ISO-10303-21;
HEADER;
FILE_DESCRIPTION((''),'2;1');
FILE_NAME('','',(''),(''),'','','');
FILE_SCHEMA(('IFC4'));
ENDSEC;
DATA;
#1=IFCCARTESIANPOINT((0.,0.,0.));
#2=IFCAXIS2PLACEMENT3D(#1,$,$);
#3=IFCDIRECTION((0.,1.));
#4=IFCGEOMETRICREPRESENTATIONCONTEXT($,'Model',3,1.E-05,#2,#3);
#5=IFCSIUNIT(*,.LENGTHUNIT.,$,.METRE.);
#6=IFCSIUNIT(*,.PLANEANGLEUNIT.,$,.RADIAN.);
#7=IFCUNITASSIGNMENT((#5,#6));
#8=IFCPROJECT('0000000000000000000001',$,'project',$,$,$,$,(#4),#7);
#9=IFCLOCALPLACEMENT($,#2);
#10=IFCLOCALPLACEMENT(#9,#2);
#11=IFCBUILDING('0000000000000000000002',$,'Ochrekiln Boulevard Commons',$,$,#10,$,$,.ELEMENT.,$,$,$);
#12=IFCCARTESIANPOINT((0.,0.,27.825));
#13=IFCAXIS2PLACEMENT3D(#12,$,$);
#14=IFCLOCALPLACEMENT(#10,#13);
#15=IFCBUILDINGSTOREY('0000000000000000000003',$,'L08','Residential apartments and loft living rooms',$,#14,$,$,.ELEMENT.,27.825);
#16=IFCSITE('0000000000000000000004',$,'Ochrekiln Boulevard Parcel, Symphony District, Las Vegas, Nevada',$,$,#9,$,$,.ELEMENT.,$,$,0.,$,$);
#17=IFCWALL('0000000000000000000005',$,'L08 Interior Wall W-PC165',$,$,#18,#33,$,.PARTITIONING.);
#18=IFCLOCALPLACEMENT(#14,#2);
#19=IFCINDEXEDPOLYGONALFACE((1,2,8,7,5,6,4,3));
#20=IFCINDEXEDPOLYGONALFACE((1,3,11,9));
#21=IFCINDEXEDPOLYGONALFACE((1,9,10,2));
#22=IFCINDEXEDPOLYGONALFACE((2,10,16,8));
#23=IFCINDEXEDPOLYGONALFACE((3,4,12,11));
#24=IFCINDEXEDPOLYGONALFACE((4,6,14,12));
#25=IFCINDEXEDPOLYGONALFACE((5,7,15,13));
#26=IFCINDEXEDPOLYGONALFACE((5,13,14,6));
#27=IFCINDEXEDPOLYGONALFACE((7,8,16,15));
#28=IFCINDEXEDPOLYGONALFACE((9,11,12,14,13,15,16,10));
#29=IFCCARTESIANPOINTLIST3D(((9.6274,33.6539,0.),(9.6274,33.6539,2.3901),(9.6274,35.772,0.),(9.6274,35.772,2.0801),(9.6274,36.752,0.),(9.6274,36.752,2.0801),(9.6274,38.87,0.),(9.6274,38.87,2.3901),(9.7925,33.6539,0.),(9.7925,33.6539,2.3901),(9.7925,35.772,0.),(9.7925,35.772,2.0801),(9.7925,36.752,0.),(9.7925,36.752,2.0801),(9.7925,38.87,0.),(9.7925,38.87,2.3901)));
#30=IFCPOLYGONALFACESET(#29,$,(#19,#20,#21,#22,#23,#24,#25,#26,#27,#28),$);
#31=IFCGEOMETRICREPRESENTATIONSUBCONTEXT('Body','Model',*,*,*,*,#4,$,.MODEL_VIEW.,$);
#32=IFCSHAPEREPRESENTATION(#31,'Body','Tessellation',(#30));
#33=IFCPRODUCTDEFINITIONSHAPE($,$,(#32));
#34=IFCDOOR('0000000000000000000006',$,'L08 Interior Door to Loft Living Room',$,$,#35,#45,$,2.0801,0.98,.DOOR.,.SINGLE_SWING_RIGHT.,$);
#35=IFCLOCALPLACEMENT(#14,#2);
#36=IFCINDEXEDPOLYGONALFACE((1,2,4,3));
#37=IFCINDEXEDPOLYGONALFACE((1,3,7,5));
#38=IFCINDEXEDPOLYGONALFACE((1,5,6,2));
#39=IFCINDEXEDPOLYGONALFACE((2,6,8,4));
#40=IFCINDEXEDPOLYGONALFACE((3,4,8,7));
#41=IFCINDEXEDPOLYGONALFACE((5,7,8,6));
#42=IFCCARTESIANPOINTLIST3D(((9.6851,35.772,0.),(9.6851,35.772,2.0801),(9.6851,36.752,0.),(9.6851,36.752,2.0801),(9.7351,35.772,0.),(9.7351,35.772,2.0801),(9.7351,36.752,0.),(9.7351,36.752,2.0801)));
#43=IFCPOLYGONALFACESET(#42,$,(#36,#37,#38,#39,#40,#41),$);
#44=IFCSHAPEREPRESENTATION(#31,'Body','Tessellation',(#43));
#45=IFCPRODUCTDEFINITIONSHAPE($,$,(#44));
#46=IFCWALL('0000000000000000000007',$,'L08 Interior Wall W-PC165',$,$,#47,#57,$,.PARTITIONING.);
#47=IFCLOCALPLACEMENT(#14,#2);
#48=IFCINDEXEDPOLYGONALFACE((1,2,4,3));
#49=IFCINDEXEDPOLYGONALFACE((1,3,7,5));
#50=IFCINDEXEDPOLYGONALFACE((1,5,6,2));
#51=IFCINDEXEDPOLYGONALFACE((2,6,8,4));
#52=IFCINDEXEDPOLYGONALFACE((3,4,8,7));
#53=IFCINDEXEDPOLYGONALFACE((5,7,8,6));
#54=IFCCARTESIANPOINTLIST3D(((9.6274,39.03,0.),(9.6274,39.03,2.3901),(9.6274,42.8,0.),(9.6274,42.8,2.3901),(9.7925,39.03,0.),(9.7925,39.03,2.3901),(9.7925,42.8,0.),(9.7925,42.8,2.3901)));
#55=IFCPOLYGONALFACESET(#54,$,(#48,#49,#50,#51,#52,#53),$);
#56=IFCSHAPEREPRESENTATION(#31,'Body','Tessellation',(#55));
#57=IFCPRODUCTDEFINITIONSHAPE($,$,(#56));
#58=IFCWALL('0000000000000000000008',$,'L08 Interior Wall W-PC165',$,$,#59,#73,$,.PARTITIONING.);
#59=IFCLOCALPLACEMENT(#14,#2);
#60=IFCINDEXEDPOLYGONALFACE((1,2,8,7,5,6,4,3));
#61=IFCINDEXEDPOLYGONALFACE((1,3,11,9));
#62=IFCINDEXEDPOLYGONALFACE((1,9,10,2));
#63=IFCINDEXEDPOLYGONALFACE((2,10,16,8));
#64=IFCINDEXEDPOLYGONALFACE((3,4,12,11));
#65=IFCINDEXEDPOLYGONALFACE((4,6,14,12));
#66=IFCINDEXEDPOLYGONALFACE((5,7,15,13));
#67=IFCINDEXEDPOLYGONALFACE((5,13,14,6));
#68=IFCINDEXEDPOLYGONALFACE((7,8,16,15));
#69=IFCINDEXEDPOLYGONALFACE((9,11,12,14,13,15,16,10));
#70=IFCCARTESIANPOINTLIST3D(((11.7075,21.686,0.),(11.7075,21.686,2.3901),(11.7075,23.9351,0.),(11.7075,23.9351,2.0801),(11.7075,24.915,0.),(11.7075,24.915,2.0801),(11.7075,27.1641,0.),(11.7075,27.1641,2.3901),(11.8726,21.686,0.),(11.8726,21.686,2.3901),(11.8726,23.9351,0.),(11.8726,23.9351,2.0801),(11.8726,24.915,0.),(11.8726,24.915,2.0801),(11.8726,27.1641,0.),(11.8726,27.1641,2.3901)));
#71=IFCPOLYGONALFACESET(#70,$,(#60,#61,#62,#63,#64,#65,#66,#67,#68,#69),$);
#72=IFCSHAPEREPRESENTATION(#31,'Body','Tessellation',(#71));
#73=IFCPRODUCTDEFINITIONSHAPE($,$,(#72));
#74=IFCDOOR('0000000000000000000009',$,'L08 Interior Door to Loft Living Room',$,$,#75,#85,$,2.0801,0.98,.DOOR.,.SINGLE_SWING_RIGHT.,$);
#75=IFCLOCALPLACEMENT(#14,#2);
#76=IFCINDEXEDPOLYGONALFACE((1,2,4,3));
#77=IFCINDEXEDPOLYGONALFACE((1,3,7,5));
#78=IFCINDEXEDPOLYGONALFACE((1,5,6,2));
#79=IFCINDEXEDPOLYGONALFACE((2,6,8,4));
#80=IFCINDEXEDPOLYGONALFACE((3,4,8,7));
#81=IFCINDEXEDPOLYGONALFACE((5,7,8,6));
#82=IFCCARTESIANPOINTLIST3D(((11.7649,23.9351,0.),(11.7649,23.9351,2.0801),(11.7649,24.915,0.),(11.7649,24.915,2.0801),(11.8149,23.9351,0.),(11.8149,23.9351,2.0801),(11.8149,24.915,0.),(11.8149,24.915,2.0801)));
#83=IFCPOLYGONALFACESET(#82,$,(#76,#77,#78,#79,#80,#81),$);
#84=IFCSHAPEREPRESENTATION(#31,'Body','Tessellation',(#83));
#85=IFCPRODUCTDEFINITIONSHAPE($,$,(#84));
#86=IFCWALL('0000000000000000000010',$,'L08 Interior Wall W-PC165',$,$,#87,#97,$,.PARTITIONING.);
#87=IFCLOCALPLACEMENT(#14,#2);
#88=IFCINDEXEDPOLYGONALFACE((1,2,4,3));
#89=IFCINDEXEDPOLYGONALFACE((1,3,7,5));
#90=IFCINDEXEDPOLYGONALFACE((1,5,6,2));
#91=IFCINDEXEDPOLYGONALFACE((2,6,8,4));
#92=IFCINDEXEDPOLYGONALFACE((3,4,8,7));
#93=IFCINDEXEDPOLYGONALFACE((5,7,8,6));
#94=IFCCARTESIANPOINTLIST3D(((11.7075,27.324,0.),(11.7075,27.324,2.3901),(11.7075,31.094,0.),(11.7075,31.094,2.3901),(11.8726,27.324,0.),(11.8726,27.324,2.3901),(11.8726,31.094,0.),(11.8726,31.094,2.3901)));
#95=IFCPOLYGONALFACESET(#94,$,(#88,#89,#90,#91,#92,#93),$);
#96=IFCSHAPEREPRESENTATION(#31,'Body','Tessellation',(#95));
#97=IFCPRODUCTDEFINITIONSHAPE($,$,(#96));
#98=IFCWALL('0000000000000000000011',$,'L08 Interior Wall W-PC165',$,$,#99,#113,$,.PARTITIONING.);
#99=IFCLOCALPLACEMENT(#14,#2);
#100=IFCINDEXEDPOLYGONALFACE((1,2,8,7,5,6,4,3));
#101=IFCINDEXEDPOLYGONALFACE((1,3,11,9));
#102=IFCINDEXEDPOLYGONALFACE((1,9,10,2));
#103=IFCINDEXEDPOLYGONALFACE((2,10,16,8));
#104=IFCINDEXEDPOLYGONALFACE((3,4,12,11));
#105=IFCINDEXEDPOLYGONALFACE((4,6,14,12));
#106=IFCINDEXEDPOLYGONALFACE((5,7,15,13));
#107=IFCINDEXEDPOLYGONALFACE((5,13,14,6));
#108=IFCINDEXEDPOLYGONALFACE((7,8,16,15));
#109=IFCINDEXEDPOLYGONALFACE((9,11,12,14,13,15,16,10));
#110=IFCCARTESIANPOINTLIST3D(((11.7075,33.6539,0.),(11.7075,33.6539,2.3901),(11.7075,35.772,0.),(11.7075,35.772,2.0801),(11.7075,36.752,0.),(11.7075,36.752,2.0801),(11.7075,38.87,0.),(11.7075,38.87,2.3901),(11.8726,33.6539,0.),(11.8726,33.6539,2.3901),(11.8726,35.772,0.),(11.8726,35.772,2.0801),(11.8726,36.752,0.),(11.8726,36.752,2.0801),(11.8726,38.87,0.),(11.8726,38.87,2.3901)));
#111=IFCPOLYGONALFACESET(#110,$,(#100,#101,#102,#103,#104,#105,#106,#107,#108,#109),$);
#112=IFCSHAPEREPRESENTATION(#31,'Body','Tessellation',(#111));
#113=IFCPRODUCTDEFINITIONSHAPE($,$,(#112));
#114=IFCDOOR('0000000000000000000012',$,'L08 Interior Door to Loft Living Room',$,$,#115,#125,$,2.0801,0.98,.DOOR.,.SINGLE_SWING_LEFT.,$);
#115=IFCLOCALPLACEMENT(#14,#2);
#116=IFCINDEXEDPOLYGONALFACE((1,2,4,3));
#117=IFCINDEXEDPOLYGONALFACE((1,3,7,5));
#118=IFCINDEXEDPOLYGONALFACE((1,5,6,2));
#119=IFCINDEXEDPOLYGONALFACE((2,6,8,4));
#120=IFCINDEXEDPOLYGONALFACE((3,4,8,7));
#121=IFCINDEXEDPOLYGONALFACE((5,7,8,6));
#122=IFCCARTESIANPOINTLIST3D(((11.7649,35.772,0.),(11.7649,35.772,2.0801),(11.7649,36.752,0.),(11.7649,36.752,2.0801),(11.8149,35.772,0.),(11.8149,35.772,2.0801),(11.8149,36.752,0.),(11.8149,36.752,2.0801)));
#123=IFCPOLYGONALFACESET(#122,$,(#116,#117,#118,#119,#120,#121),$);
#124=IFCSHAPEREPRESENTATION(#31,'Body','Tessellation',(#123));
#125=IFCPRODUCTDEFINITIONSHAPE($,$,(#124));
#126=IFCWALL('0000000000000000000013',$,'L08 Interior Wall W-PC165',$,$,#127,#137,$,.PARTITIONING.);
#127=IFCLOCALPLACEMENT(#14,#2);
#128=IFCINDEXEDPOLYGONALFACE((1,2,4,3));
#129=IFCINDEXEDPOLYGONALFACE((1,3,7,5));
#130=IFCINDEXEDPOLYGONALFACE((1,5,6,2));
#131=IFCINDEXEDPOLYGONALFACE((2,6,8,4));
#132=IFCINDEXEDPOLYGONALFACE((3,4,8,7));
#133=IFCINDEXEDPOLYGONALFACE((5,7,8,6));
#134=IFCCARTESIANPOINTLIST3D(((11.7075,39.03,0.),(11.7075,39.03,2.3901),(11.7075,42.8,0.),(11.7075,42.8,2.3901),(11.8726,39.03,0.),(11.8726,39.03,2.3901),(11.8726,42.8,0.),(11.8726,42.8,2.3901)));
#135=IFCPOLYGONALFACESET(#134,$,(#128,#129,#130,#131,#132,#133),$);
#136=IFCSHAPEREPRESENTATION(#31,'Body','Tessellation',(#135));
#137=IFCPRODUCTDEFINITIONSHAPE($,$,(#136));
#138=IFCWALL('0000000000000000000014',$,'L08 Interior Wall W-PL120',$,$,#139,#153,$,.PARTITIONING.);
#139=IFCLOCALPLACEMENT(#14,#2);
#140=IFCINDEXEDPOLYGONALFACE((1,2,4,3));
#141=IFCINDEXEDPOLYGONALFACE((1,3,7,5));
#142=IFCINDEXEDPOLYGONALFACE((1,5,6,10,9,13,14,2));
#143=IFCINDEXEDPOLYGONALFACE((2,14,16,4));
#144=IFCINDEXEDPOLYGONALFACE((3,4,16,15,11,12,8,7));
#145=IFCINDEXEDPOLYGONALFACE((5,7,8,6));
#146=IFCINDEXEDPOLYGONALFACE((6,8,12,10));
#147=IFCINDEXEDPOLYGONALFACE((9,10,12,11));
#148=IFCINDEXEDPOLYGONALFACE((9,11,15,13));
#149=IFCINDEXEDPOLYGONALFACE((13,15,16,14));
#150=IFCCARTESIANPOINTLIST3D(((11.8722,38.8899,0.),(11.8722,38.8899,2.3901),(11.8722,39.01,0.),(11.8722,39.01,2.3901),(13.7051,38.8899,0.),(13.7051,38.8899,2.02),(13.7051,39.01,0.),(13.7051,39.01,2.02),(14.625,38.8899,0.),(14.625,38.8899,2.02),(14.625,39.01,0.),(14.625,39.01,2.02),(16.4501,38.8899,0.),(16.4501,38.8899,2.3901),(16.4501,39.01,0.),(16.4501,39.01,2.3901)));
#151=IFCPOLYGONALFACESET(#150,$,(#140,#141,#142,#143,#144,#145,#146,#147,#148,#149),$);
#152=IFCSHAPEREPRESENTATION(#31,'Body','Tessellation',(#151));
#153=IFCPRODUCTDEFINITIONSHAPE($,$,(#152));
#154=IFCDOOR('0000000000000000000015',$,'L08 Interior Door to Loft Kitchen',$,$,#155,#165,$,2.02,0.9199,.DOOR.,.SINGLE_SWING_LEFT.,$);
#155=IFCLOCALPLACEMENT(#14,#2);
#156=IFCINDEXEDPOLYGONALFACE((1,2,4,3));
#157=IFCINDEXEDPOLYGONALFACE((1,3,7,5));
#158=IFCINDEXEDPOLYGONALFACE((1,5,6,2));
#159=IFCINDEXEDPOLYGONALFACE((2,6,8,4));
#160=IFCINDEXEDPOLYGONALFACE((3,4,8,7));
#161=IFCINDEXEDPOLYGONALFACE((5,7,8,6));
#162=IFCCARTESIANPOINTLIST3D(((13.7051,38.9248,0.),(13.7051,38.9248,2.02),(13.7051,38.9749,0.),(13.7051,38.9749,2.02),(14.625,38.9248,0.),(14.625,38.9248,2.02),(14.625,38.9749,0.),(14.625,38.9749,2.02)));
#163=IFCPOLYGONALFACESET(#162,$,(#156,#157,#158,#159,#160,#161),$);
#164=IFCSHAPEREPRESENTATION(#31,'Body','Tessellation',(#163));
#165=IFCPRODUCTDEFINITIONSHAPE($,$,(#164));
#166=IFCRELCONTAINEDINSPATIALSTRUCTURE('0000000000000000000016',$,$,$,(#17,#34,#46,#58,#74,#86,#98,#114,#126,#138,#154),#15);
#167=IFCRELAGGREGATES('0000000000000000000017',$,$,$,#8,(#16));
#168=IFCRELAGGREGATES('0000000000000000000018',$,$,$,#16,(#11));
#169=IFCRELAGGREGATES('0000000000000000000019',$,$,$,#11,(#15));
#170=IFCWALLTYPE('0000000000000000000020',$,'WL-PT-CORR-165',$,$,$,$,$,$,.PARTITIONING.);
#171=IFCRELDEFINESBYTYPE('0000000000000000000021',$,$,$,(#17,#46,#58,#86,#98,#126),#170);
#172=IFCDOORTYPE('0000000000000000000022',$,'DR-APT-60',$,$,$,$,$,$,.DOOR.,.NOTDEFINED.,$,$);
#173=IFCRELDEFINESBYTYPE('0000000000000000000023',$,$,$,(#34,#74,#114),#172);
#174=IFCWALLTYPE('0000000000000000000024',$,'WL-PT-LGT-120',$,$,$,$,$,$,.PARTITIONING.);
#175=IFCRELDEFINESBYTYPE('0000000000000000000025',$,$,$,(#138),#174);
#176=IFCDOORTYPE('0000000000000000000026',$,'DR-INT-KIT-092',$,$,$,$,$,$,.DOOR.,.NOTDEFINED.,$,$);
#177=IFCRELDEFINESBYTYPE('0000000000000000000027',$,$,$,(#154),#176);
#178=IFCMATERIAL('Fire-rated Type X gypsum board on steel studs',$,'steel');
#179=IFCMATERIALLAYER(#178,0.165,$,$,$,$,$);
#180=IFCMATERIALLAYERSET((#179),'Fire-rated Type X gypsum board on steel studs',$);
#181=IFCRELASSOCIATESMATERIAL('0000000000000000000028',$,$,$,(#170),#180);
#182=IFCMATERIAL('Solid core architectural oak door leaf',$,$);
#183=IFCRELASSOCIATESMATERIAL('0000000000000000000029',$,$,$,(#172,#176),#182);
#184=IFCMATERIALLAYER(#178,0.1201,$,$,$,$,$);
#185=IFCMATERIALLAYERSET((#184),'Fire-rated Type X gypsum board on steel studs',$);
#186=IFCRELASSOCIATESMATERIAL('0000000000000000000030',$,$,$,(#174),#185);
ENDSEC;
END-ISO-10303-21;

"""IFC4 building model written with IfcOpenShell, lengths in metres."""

from ifc_helpers import new_model, si_unit, direction, frame, frame_2d, origin, place, context, subcontext, project, spatial, rectangle, extrude, material, layer, layer_set, type_object, element, fill, save


model = new_model("IFC4")

# Units and contexts
model_context = context("Model", 3, precision=1e-05, world=origin(), true_north=direction((0.0, 1.0)))
body_context = subcontext(model_context, "Body", "Model", "MODEL_VIEW")
ifc_project = project(units=[si_unit("LENGTHUNIT", "METRE"), si_unit("PLANEANGLEUNIT", "RADIAN")], contexts=[model_context])

# Site, building, storey
site_placement = place(None, origin())
site = spatial("IfcSite", under=ifc_project, at=site_placement, Name="Ochrekiln Boulevard Parcel, Symphony District, Las Vegas, Nevada", CompositionType="ELEMENT", RefElevation=0.0)
building_placement = place(site_placement, origin())
building = spatial("IfcBuilding", under=site, at=building_placement, Name="Ochrekiln Boulevard Commons", CompositionType="ELEMENT")
storey_placement = place(building_placement, frame((0.0, 0.0, 27.825)))
storey = spatial("IfcBuildingStorey", under=building, at=storey_placement, Name="L08", Description="Residential apartments and loft living rooms", CompositionType="ELEMENT", Elevation=27.825)

# Shared definitions
ifc_material_1 = material(Name="Solid core architectural oak door leaf")

# Shared definitions
ifc_material_2 = material(Name="Fire-rated Type X gypsum board on steel studs", Category="steel")
ifc_layer_1 = layer(ifc_material_2, 0.165)
ifc_layer_set_1 = layer_set([ifc_layer_1], Name="Fire-rated Type X gypsum board on steel studs")
wall_type_1 = type_object("IfcWallType", Name="WL-PT-CORR-165", PredefinedType="PARTITIONING", material=ifc_layer_set_1)

# Wall, opening, door
wall_1_placement = place(storey_placement, frame((9.71, 33.6541, 0.0), z_axis=(0.0, 0.0, 1.0), x_axis=(0.0, 1.0, 0.0)))
wall_1 = element("IfcWall", 1, at=wall_1_placement, inside=storey, type_object=wall_type_1, Name="L08 Interior Wall W-PC165", PredefinedType="PARTITIONING", context=body_context, shape_type="SweptSolid", body=[
    extrude(rectangle(XDim=5.2161, YDim=0.165, at=frame_2d((2.6079, 0.0))), origin(), (0.0, 0.0, 1.0), 2.3901),
])
opening_1_placement = place(wall_1_placement, frame((2.1179, 0.0, 0.0)))
opening_1 = element("IfcOpeningElement", 2, at=opening_1_placement, cuts=wall_1, PredefinedType="OPENING", context=body_context, shape_type="SweptSolid", body=[
    extrude(rectangle(XDim=0.98, YDim=2.0801, at=frame_2d((0.49, 1.04))), frame((0.0, 0.0925, 0.0), z_axis=(0.0, -1.0, 0.0), x_axis=(1.0, 0.0, 0.0)), (0.0, 0.0, 1.0), 0.1851),
])
door_type_1 = type_object("IfcDoorType", Name="DR-APT-60", OperationType="NOTDEFINED", PredefinedType="DOOR", material=ifc_material_1)
door_1_placement = place(opening_1_placement, origin())
door_1 = element("IfcDoor", 3, at=door_1_placement, inside=storey, type_object=door_type_1, Name="L08 Interior Door to Loft Living Room", OperationType="SINGLE_SWING_RIGHT", OverallHeight=2.0801, OverallWidth=0.98, PredefinedType="DOOR", context=body_context, shape_type="SweptSolid", body=[
    extrude(rectangle(XDim=0.98, YDim=2.0801, at=frame_2d((0.49, 1.04))), frame((0.0, 0.0249, 0.0), z_axis=(0.0, -1.0, 0.0), x_axis=(1.0, 0.0, 0.0)), (0.0, 0.0, 1.0), 0.05),
])
fill(opening_1, door_1)

# Wall
wall_2_placement = place(storey_placement, frame((9.71, 39.03, 0.0), z_axis=(0.0, 0.0, 1.0), x_axis=(0.0, 1.0, 0.0)))
element("IfcWall", 4, at=wall_2_placement, inside=storey, type_object=wall_type_1, Name="L08 Interior Wall W-PC165", PredefinedType="PARTITIONING", context=body_context, shape_type="SweptSolid", body=[
    extrude(rectangle(XDim=3.77, YDim=0.165, at=frame_2d((1.885, 0.0))), origin(), (0.0, 0.0, 1.0), 2.3901),
])

# Wall, opening, door
wall_3_placement = place(storey_placement, frame((11.79, 21.686, 0.0), z_axis=(0.0, 0.0, 1.0), x_axis=(0.0, 1.0, 0.0)))
wall_3 = element("IfcWall", 5, at=wall_3_placement, inside=storey, type_object=wall_type_1, Name="L08 Interior Wall W-PC165", PredefinedType="PARTITIONING", context=body_context, shape_type="SweptSolid", body=[
    extrude(rectangle(XDim=5.478, YDim=0.165, at=frame_2d((2.739, 0.0))), origin(), (0.0, 0.0, 1.0), 2.3901),
])
opening_2_placement = place(wall_3_placement, frame((2.249, 0.0, 0.0)))
opening_2 = element("IfcOpeningElement", 6, at=opening_2_placement, cuts=wall_3, PredefinedType="OPENING", context=body_context, shape_type="SweptSolid", body=[
    extrude(rectangle(XDim=0.98, YDim=2.0801, at=frame_2d((0.49, 1.04))), frame((0.0, 0.0925, 0.0), z_axis=(0.0, -1.0, 0.0), x_axis=(1.0, 0.0, 0.0)), (0.0, 0.0, 1.0), 0.1851),
])
door_2_placement = place(opening_2_placement, frame((0.98, 0.0, 0.0), z_axis=(0.0, 0.0, 1.0), x_axis=(-1.0, 0.0, 0.0)))
door_2 = element("IfcDoor", 7, at=door_2_placement, inside=storey, type_object=door_type_1, Name="L08 Interior Door to Loft Living Room", OperationType="SINGLE_SWING_RIGHT", OverallHeight=2.0801, OverallWidth=0.98, PredefinedType="DOOR", context=body_context, shape_type="SweptSolid", body=[
    extrude(rectangle(XDim=0.98, YDim=2.0801, at=frame_2d((0.49, 1.04))), frame((0.0, 0.0249, 0.0), z_axis=(0.0, -1.0, 0.0), x_axis=(1.0, 0.0, 0.0)), (0.0, 0.0, 1.0), 0.05),
])
fill(opening_2, door_2)

# Wall
wall_4_placement = place(storey_placement, frame((11.79, 27.324, 0.0), z_axis=(0.0, 0.0, 1.0), x_axis=(0.0, 1.0, 0.0)))
element("IfcWall", 8, at=wall_4_placement, inside=storey, type_object=wall_type_1, Name="L08 Interior Wall W-PC165", PredefinedType="PARTITIONING", context=body_context, shape_type="SweptSolid", body=[
    extrude(rectangle(XDim=3.77, YDim=0.165, at=frame_2d((1.885, 0.0))), origin(), (0.0, 0.0, 1.0), 2.3901),
])

# Wall, opening, door
wall_5_placement = place(storey_placement, frame((11.79, 33.6541, 0.0), z_axis=(0.0, 0.0, 1.0), x_axis=(0.0, 1.0, 0.0)))
wall_5 = element("IfcWall", 9, at=wall_5_placement, inside=storey, type_object=wall_type_1, Name="L08 Interior Wall W-PC165", PredefinedType="PARTITIONING", context=body_context, shape_type="SweptSolid", body=[
    extrude(rectangle(XDim=5.2161, YDim=0.165, at=frame_2d((2.6079, 0.0))), origin(), (0.0, 0.0, 1.0), 2.3901),
])
opening_3_placement = place(wall_5_placement, frame((2.1179, 0.0, 0.0)))
opening_3 = element("IfcOpeningElement", 10, at=opening_3_placement, cuts=wall_5, PredefinedType="OPENING", context=body_context, shape_type="SweptSolid", body=[
    extrude(rectangle(XDim=0.98, YDim=2.0801, at=frame_2d((0.49, 1.04))), frame((0.0, 0.0925, 0.0), z_axis=(0.0, -1.0, 0.0), x_axis=(1.0, 0.0, 0.0)), (0.0, 0.0, 1.0), 0.1851),
])
door_3_placement = place(opening_3_placement, frame((0.98, 0.0, 0.0), z_axis=(0.0, 0.0, 1.0), x_axis=(-1.0, 0.0, 0.0)))
door_3 = element("IfcDoor", 11, at=door_3_placement, inside=storey, type_object=door_type_1, Name="L08 Interior Door to Loft Living Room", OperationType="SINGLE_SWING_LEFT", OverallHeight=2.0801, OverallWidth=0.98, PredefinedType="DOOR", context=body_context, shape_type="SweptSolid", body=[
    extrude(rectangle(XDim=0.98, YDim=2.0801, at=frame_2d((0.49, 1.04))), frame((0.0, 0.0249, 0.0), z_axis=(0.0, -1.0, 0.0), x_axis=(1.0, 0.0, 0.0)), (0.0, 0.0, 1.0), 0.05),
])
fill(opening_3, door_3)

# Wall
wall_6_placement = place(storey_placement, frame((11.79, 39.03, 0.0), z_axis=(0.0, 0.0, 1.0), x_axis=(0.0, 1.0, 0.0)))
element("IfcWall", 12, at=wall_6_placement, inside=storey, type_object=wall_type_1, Name="L08 Interior Wall W-PC165", PredefinedType="PARTITIONING", context=body_context, shape_type="SweptSolid", body=[
    extrude(rectangle(XDim=3.77, YDim=0.165, at=frame_2d((1.885, 0.0))), origin(), (0.0, 0.0, 1.0), 2.3901),
])

# Wall, opening, door
ifc_layer_2 = layer(ifc_material_2, 0.1201)
ifc_layer_set_2 = layer_set([ifc_layer_2], Name="Fire-rated Type X gypsum board on steel studs")
wall_type_2 = type_object("IfcWallType", Name="WL-PT-LGT-120", PredefinedType="PARTITIONING", material=ifc_layer_set_2)
wall_7_placement = place(storey_placement, frame((11.8721, 38.95, 0.0), z_axis=(0.0, 0.0, 1.0), x_axis=(1.0, 0.0, 0.0)))
wall_7 = element("IfcWall", 13, at=wall_7_placement, inside=storey, type_object=wall_type_2, Name="L08 Interior Wall W-PL120", PredefinedType="PARTITIONING", context=body_context, shape_type="SweptSolid", body=[
    extrude(rectangle(XDim=4.5779, YDim=0.1201, at=frame_2d((2.2891, 0.0))), origin(), (0.0, 0.0, 1.0), 2.3901),
])
opening_4_placement = place(wall_7_placement, frame((1.833, 0.0, 0.0)))
opening_4 = element("IfcOpeningElement", 14, at=opening_4_placement, cuts=wall_7, PredefinedType="OPENING", context=body_context, shape_type="SweptSolid", body=[
    extrude(rectangle(XDim=0.9199, YDim=2.02, at=frame_2d((0.46, 1.01))), frame((0.0, 0.0701, 0.0), z_axis=(0.0, -1.0, 0.0), x_axis=(1.0, 0.0, 0.0)), (0.0, 0.0, 1.0), 0.1401),
])
door_type_2 = type_object("IfcDoorType", Name="DR-INT-KIT-092", OperationType="NOTDEFINED", PredefinedType="DOOR", material=ifc_material_1)
door_4_placement = place(opening_4_placement, origin())
door_4 = element("IfcDoor", 15, at=door_4_placement, inside=storey, type_object=door_type_2, Name="L08 Interior Door to Loft Kitchen", OperationType="SINGLE_SWING_LEFT", OverallHeight=2.02, OverallWidth=0.9199, PredefinedType="DOOR", context=body_context, shape_type="SweptSolid", body=[
    extrude(rectangle(XDim=0.9199, YDim=2.02, at=frame_2d((0.46, 1.01))), frame((0.0, 0.0249, 0.0), z_axis=(0.0, -1.0, 0.0), x_axis=(1.0, 0.0, 0.0)), (0.0, 0.0, 1.0), 0.05),
])
fill(opening_4, door_4)

save(model, "model.ifc")
